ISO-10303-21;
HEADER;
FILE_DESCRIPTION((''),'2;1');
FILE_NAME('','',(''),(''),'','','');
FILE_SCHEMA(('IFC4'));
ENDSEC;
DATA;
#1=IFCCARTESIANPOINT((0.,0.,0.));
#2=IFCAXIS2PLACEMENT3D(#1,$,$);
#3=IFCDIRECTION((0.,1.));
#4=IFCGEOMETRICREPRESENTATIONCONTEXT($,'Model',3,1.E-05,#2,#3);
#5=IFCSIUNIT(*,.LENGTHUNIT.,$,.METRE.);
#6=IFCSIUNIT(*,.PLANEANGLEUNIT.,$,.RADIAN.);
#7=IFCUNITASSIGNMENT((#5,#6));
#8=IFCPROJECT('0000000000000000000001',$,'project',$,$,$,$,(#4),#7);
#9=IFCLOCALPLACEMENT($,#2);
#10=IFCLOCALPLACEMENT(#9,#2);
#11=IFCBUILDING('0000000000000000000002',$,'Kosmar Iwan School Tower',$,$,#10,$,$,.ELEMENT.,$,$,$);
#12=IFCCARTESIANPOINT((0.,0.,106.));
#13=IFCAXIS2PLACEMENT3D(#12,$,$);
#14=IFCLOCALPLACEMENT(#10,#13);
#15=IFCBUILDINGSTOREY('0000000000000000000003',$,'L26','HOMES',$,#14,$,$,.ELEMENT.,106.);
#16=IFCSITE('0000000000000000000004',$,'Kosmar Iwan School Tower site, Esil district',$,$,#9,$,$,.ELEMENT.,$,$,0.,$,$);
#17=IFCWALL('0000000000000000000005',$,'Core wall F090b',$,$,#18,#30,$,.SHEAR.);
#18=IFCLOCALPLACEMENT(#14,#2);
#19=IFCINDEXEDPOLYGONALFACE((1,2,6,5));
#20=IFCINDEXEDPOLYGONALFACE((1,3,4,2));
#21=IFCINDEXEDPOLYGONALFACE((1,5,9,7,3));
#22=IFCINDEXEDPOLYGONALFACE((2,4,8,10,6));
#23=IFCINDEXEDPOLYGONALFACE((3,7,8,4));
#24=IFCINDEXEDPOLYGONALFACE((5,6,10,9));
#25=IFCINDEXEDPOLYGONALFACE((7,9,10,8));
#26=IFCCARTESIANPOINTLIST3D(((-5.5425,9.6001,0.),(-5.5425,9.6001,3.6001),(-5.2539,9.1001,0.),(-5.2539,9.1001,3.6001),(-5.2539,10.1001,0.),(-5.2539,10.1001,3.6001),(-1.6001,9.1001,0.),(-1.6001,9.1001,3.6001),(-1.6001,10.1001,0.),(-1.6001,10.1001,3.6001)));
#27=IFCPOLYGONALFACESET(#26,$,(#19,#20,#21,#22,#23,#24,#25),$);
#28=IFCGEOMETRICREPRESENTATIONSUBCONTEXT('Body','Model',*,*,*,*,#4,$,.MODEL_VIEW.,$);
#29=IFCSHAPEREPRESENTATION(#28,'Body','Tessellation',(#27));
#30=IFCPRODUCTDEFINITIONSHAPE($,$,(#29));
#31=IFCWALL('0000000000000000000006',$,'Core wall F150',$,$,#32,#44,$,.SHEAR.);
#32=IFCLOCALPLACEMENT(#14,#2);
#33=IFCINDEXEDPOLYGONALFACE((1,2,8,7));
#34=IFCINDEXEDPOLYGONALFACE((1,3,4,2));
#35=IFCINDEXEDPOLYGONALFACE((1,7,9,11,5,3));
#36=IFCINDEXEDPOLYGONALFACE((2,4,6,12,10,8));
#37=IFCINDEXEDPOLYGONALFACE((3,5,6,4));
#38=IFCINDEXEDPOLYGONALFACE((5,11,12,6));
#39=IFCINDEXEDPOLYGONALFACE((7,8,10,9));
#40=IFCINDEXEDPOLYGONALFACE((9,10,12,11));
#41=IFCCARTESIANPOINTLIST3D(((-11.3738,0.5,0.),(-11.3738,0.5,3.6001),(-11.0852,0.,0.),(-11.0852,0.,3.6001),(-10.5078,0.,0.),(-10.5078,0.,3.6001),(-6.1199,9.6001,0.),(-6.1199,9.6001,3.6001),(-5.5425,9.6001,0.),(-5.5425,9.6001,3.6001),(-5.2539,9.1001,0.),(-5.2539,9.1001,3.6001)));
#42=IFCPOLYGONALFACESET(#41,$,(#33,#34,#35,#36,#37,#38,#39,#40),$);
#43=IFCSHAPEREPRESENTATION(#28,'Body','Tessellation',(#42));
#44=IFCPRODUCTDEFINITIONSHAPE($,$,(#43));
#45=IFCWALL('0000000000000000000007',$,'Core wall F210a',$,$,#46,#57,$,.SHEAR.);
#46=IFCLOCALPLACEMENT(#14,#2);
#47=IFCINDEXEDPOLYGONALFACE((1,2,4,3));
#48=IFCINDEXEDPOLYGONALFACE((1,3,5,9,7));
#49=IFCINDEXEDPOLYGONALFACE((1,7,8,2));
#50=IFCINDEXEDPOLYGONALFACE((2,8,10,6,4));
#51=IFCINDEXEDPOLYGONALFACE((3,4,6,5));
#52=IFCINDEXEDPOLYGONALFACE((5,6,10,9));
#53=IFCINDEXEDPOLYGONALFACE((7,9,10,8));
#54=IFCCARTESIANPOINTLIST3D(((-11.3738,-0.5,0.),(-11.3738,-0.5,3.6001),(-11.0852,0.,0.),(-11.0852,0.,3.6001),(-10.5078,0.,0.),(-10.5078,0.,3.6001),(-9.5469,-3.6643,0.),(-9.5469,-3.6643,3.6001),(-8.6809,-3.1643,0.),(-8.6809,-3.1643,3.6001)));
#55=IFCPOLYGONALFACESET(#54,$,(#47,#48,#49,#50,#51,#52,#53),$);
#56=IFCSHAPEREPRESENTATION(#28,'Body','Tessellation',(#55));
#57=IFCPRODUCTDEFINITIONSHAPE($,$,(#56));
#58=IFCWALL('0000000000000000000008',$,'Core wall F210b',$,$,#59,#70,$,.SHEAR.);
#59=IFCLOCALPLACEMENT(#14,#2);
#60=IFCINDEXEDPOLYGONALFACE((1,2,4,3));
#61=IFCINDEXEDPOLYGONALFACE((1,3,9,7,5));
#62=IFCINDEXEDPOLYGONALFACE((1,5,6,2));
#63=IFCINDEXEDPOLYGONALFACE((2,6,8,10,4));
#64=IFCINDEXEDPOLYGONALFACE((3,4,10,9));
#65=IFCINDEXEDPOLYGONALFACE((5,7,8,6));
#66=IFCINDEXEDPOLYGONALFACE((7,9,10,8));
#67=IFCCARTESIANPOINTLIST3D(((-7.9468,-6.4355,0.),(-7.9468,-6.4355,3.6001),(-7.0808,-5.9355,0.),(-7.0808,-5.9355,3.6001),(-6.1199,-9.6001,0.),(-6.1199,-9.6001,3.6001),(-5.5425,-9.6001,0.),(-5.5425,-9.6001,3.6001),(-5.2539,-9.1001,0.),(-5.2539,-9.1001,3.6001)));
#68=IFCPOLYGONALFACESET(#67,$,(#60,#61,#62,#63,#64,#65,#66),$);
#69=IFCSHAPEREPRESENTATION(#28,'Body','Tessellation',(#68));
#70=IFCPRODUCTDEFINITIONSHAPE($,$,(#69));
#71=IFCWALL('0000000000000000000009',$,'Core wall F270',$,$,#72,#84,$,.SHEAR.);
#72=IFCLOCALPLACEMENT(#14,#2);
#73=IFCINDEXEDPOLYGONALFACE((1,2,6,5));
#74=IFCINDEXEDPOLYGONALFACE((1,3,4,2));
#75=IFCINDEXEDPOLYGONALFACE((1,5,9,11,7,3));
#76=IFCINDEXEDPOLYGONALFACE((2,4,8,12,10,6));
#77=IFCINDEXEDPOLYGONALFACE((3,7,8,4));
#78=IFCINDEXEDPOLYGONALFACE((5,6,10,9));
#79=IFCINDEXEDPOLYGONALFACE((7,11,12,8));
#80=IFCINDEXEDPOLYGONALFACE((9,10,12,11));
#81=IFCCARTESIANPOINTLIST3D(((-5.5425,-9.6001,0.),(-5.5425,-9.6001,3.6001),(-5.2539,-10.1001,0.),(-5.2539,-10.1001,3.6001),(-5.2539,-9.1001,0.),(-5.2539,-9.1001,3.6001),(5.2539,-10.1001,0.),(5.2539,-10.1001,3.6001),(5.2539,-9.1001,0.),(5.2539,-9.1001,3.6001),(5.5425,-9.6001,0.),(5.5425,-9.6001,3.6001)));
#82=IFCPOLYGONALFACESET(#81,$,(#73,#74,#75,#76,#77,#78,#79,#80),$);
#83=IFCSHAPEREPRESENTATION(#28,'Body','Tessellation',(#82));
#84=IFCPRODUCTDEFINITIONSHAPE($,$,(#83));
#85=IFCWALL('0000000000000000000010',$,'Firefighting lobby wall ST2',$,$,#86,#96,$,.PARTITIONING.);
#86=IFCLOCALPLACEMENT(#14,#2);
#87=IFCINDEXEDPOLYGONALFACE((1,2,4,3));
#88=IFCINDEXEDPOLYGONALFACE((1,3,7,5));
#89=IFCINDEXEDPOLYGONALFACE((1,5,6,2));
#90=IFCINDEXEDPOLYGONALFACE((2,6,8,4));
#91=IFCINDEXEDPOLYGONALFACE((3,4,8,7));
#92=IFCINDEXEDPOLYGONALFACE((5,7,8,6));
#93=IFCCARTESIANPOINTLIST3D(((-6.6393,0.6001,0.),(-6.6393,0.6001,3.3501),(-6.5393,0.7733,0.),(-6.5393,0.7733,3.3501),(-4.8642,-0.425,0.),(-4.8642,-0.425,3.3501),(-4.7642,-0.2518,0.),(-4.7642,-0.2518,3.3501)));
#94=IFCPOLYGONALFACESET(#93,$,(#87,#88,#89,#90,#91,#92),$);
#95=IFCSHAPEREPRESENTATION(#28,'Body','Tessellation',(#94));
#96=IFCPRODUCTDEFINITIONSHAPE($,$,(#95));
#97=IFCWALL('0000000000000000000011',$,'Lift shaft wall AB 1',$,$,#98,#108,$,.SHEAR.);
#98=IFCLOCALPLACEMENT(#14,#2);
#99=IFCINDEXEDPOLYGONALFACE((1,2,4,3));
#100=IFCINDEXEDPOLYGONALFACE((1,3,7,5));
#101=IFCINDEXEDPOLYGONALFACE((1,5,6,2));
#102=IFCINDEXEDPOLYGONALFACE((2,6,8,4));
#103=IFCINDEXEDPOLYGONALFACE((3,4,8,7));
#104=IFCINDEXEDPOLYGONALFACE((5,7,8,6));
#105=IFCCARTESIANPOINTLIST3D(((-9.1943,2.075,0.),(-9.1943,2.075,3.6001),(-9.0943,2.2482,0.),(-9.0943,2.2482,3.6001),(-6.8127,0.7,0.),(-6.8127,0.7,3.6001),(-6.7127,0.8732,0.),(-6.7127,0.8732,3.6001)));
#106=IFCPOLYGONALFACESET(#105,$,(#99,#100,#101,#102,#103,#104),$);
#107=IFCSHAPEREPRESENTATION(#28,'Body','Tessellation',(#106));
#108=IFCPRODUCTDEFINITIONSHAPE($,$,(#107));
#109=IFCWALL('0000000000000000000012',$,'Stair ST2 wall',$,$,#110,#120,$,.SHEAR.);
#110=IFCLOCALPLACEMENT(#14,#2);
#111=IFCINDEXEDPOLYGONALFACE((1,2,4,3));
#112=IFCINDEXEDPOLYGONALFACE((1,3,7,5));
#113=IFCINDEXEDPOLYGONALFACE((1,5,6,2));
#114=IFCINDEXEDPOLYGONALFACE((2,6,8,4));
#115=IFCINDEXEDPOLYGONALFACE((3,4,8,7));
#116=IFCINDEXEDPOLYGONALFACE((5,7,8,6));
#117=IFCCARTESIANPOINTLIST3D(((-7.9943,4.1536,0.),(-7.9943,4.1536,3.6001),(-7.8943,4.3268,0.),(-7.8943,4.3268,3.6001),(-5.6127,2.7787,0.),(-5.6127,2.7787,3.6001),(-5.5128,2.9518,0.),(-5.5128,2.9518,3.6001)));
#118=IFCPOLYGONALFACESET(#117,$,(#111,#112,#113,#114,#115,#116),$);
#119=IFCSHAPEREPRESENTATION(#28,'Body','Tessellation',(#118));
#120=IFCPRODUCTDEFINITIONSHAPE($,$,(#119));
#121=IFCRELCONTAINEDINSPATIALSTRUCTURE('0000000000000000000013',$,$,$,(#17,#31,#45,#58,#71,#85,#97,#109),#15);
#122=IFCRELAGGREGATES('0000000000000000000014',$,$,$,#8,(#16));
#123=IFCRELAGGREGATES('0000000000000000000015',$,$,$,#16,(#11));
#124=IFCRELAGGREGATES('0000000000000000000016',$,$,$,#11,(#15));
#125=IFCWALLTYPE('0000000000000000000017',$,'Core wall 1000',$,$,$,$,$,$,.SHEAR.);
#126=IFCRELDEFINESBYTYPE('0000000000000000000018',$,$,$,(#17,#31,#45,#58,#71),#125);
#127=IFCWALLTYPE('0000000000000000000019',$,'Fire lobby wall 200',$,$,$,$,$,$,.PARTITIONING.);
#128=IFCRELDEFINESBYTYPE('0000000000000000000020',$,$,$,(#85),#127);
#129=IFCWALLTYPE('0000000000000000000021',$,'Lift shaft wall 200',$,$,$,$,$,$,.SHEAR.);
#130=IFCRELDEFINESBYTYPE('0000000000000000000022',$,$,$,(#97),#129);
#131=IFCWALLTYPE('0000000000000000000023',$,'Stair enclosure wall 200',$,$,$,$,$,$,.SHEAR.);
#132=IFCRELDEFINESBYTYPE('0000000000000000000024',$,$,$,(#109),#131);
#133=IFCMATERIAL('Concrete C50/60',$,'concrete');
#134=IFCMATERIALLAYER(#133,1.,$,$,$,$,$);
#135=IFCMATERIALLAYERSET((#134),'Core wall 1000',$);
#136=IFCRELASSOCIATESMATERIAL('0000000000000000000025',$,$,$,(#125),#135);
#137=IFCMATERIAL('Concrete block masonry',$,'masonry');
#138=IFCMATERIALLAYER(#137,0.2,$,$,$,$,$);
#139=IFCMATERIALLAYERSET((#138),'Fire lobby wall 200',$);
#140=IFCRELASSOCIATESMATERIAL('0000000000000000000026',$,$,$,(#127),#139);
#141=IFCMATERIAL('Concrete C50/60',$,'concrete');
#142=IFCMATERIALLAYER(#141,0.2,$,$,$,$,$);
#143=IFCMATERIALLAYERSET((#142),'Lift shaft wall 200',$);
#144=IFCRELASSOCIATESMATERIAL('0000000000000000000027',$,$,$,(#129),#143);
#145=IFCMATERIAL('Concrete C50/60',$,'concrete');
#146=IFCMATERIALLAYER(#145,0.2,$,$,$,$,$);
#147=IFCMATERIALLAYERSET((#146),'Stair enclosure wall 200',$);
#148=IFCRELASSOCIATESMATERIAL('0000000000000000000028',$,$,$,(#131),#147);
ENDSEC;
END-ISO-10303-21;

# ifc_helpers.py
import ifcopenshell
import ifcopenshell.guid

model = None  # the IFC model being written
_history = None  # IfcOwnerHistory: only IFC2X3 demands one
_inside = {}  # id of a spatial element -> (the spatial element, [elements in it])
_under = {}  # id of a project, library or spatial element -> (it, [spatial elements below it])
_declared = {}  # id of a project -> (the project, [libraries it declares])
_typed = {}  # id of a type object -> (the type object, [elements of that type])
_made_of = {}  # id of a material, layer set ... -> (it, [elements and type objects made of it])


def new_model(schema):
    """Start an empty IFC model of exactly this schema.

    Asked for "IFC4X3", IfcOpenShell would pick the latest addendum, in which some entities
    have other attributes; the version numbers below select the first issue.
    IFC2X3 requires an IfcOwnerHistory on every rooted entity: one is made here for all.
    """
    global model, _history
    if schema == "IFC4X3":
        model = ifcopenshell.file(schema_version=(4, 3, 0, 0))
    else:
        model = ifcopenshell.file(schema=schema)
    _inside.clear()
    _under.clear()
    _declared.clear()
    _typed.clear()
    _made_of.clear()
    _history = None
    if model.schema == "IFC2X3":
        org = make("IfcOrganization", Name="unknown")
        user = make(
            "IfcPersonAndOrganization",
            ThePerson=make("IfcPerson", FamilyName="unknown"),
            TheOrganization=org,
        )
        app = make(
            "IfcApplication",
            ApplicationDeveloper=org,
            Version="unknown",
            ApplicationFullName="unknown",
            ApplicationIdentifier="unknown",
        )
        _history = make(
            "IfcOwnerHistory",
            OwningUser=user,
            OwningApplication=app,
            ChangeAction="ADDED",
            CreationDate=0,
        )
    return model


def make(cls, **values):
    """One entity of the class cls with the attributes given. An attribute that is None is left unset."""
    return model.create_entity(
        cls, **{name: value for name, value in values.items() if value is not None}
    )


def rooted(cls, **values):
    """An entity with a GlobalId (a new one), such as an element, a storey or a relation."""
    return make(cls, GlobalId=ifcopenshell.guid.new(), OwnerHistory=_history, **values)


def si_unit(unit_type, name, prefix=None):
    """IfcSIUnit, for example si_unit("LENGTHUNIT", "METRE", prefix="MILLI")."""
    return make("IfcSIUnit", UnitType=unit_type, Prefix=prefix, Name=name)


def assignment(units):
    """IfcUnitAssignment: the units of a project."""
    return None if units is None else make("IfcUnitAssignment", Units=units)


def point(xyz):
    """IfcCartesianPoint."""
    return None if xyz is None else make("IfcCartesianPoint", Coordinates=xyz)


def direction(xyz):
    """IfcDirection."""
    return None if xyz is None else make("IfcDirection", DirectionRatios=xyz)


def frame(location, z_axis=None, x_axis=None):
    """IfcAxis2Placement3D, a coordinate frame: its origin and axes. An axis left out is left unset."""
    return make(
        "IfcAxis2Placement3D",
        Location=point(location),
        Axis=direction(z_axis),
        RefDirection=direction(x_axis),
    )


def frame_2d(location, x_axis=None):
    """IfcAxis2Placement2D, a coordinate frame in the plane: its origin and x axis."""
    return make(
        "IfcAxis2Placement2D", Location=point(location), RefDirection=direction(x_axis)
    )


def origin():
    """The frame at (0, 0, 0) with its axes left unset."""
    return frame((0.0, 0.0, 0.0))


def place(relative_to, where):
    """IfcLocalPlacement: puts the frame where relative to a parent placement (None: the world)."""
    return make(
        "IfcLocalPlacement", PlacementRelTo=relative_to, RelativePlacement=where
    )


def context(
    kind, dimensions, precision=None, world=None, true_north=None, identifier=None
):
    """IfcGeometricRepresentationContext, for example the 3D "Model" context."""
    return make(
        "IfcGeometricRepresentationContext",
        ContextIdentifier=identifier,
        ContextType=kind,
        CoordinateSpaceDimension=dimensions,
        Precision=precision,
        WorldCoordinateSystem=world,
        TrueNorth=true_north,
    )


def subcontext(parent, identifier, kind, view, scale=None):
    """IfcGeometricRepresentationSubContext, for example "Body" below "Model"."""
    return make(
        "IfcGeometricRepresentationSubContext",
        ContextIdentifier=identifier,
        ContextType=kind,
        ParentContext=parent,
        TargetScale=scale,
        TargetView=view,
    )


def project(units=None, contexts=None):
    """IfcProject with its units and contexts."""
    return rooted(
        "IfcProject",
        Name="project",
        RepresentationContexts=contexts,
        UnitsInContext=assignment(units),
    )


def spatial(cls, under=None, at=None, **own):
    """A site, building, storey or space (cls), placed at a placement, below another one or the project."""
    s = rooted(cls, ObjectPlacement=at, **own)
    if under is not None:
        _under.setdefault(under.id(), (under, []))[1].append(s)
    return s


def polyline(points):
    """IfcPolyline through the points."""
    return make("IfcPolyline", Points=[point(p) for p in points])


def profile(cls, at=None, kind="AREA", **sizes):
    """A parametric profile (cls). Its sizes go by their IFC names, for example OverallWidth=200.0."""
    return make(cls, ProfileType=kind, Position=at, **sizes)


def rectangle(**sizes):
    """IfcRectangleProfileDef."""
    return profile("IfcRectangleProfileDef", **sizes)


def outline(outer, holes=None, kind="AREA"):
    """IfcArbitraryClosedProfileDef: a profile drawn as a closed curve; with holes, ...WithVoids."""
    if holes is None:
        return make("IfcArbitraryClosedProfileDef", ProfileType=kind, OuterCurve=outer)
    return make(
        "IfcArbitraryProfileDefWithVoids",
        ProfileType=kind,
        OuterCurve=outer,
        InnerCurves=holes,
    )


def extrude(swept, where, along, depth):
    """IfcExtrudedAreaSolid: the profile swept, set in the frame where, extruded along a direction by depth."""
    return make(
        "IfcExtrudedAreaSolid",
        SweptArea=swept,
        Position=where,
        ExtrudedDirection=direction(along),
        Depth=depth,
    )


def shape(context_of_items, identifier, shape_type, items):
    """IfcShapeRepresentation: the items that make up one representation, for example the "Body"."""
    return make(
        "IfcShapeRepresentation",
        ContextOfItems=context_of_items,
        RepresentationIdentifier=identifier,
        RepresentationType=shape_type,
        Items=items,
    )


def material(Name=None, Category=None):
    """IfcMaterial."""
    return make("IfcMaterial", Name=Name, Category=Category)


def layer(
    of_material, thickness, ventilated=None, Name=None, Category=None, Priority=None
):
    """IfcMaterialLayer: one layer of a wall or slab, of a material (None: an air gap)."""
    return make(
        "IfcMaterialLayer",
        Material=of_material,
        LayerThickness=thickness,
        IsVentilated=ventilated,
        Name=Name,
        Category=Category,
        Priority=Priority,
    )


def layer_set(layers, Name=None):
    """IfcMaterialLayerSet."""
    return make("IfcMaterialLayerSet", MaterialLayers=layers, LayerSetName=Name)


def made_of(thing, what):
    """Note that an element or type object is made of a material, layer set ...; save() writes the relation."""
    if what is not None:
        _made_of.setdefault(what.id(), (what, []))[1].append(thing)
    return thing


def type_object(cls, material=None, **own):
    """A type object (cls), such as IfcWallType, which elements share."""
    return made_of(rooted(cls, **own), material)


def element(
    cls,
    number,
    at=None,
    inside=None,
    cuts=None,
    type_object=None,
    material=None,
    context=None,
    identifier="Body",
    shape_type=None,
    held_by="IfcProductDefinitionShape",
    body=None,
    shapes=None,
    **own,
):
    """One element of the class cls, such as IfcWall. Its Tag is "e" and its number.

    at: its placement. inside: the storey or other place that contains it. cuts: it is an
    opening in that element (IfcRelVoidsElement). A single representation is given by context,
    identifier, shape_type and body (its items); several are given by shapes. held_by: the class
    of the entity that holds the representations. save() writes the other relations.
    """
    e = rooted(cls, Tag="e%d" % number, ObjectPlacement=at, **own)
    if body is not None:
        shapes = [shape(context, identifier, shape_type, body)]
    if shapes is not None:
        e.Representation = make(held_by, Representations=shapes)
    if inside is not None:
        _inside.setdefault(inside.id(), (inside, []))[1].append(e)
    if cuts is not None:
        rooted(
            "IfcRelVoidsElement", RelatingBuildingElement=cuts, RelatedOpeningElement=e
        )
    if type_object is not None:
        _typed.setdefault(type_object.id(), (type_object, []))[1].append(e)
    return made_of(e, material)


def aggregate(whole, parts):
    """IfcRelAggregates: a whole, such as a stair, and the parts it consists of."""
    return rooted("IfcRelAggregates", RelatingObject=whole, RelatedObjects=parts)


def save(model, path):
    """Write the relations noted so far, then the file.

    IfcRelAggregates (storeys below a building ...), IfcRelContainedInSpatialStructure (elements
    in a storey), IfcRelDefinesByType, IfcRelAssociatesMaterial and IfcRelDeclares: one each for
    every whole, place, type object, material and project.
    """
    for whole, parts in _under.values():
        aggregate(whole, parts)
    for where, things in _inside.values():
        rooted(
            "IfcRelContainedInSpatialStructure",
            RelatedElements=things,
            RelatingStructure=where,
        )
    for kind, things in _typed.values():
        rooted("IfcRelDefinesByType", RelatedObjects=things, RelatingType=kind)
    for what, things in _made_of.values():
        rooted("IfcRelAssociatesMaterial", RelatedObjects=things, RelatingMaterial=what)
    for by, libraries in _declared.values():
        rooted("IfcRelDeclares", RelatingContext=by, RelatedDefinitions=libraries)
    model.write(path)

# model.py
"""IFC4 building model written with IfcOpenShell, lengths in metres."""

from ifc_helpers import new_model, si_unit, direction, frame, frame_2d, origin, place, context, subcontext, project, spatial, polyline, rectangle, outline, extrude, material, layer, layer_set, type_object, element, save


model = new_model("IFC4")

# Units and contexts
model_context = context("Model", 3, precision=1e-05, world=origin(), true_north=direction((0.0, 1.0)))
body_context = subcontext(model_context, "Body", "Model", "MODEL_VIEW")
ifc_project = project(units=[si_unit("LENGTHUNIT", "METRE"), si_unit("PLANEANGLEUNIT", "RADIAN")], contexts=[model_context])

# Site, building, storey
site_placement = place(None, origin())
site = spatial("IfcSite", under=ifc_project, at=site_placement, Name="Kosmar Iwan School Tower site, Esil district", CompositionType="ELEMENT", RefElevation=0.0)
building_placement = place(site_placement, origin())
building = spatial("IfcBuilding", under=site, at=building_placement, Name="Kosmar Iwan School Tower", CompositionType="ELEMENT")
storey_placement = place(building_placement, frame((0.0, 0.0, 106.0)))
storey = spatial("IfcBuildingStorey", under=building, at=storey_placement, Name="L26", Description="HOMES", CompositionType="ELEMENT", Elevation=106.0)

# Walls
ifc_material_1 = material(Name="Concrete C50/60", Category="concrete")
ifc_layer_1 = layer(ifc_material_1, 1.0)
ifc_layer_set_1 = layer_set([ifc_layer_1], Name="Core wall 1000")
wall_type_1 = type_object("IfcWallType", Name="Core wall 1000", PredefinedType="SHEAR", material=ifc_layer_set_1)
wall_1_placement = place(storey_placement, origin())
element("IfcWall", 1, at=wall_1_placement, inside=storey, type_object=wall_type_1, Name="Core wall F090b", PredefinedType="SHEAR", context=body_context, shape_type="SweptSolid", body=[
    extrude(outline(polyline([(-5.2539, 9.1001), (-1.6001, 9.1001), (-1.6001, 10.1001), (-5.2539, 10.1001), (-5.5425, 9.6001), (-5.2539, 9.1001)])), origin(), (0.0, 0.0, 1.0), 3.6001),
])
wall_2_placement = place(storey_placement, origin())
element("IfcWall", 2, at=wall_2_placement, inside=storey, type_object=wall_type_1, Name="Core wall F150", PredefinedType="SHEAR", context=body_context, shape_type="SweptSolid", body=[
    extrude(outline(polyline([(-11.0852, 0.0), (-10.5078, 0.0), (-5.2539, 9.1001), (-5.5425, 9.6001), (-6.1199, 9.6001), (-11.3738, 0.5), (-11.0852, 0.0)])), origin(), (0.0, 0.0, 1.0), 3.6001),
])
wall_3_placement = place(storey_placement, origin())
element("IfcWall", 3, at=wall_3_placement, inside=storey, type_object=wall_type_1, Name="Core wall F210a", PredefinedType="SHEAR", context=body_context, shape_type="SweptSolid", body=[
    extrude(outline(polyline([(-9.5469, -3.6643), (-8.6809, -3.1643), (-10.5078, 0.0), (-11.0852, 0.0), (-11.3738, -0.5), (-9.5469, -3.6643)])), origin(), (0.0, 0.0, 1.0), 3.6001),
])
wall_4_placement = place(storey_placement, origin())
element("IfcWall", 4, at=wall_4_placement, inside=storey, type_object=wall_type_1, Name="Core wall F210b", PredefinedType="SHEAR", context=body_context, shape_type="SweptSolid", body=[
    extrude(outline(polyline([(-6.1199, -9.6001), (-5.5425, -9.6001), (-5.2539, -9.1001), (-7.0808, -5.9355), (-7.9468, -6.4355), (-6.1199, -9.6001)])), origin(), (0.0, 0.0, 1.0), 3.6001),
])
wall_5_placement = place(storey_placement, origin())
element("IfcWall", 5, at=wall_5_placement, inside=storey, type_object=wall_type_1, Name="Core wall F270", PredefinedType="SHEAR", context=body_context, shape_type="SweptSolid", body=[
    extrude(outline(polyline([(-5.2539, -10.1001), (5.2539, -10.1001), (5.5425, -9.6001), (5.2539, -9.1001), (-5.2539, -9.1001), (-5.5425, -9.6001), (-5.2539, -10.1001)])), origin(), (0.0, 0.0, 1.0), 3.6001),
])
ifc_material_2 = material(Name="Concrete block masonry", Category="masonry")
ifc_layer_2 = layer(ifc_material_2, 0.2)
ifc_layer_set_2 = layer_set([ifc_layer_2], Name="Fire lobby wall 200")
wall_type_2 = type_object("IfcWallType", Name="Fire lobby wall 200", PredefinedType="PARTITIONING", material=ifc_layer_set_2)
wall_6_placement = place(storey_placement, frame((-4.8142, -0.3384, 0.0), z_axis=(0.0, 0.0, 1.0), x_axis=(-0.865969, 0.500097, 0.0)))
element("IfcWall", 6, at=wall_6_placement, inside=storey, type_object=wall_type_2, Name="Firefighting lobby wall ST2", PredefinedType="PARTITIONING", context=body_context, shape_type="SweptSolid", body=[
    extrude(rectangle(XDim=2.0498, YDim=0.2, at=frame_2d((1.0249, 0.0))), origin(), (0.0, 0.0, 1.0), 3.3501),
])
ifc_material_3 = material(Name="Concrete C50/60", Category="concrete")
ifc_layer_3 = layer(ifc_material_3, 0.2)
ifc_layer_set_3 = layer_set([ifc_layer_3], Name="Lift shaft wall 200")
wall_type_3 = type_object("IfcWallType", Name="Lift shaft wall 200", PredefinedType="SHEAR", material=ifc_layer_set_3)
wall_7_placement = place(storey_placement, frame((-6.7627, 0.7866, 0.0), z_axis=(0.0, 0.0, 1.0), x_axis=(-0.866027, 0.499997, 0.0)))
element("IfcWall", 7, at=wall_7_placement, inside=storey, type_object=wall_type_3, Name="Lift shaft wall AB 1", PredefinedType="SHEAR", context=body_context, shape_type="SweptSolid", body=[
    extrude(rectangle(XDim=2.75, YDim=0.2, at=frame_2d((1.375, 0.0))), origin(), (0.0, 0.0, 1.0), 3.6001),
])
ifc_material_4 = material(Name="Concrete C50/60", Category="concrete")
ifc_layer_4 = layer(ifc_material_4, 0.2)
ifc_layer_set_4 = layer_set([ifc_layer_4], Name="Stair enclosure wall 200")
wall_type_4 = type_object("IfcWallType", Name="Stair enclosure wall 200", PredefinedType="SHEAR", material=ifc_layer_set_4)
wall_8_placement = place(storey_placement, frame((-5.5627, 2.8652, 0.0), z_axis=(0.0, 0.0, 1.0), x_axis=(-0.866027, 0.499997, 0.0)))
element("IfcWall", 8, at=wall_8_placement, inside=storey, type_object=wall_type_4, Name="Stair ST2 wall", PredefinedType="SHEAR", context=body_context, shape_type="SweptSolid", body=[
    extrude(rectangle(XDim=2.75, YDim=0.2, at=frame_2d((1.375, 0.0))), origin(), (0.0, 0.0, 1.0), 3.6001),
])

save(model, "model.ifc")
